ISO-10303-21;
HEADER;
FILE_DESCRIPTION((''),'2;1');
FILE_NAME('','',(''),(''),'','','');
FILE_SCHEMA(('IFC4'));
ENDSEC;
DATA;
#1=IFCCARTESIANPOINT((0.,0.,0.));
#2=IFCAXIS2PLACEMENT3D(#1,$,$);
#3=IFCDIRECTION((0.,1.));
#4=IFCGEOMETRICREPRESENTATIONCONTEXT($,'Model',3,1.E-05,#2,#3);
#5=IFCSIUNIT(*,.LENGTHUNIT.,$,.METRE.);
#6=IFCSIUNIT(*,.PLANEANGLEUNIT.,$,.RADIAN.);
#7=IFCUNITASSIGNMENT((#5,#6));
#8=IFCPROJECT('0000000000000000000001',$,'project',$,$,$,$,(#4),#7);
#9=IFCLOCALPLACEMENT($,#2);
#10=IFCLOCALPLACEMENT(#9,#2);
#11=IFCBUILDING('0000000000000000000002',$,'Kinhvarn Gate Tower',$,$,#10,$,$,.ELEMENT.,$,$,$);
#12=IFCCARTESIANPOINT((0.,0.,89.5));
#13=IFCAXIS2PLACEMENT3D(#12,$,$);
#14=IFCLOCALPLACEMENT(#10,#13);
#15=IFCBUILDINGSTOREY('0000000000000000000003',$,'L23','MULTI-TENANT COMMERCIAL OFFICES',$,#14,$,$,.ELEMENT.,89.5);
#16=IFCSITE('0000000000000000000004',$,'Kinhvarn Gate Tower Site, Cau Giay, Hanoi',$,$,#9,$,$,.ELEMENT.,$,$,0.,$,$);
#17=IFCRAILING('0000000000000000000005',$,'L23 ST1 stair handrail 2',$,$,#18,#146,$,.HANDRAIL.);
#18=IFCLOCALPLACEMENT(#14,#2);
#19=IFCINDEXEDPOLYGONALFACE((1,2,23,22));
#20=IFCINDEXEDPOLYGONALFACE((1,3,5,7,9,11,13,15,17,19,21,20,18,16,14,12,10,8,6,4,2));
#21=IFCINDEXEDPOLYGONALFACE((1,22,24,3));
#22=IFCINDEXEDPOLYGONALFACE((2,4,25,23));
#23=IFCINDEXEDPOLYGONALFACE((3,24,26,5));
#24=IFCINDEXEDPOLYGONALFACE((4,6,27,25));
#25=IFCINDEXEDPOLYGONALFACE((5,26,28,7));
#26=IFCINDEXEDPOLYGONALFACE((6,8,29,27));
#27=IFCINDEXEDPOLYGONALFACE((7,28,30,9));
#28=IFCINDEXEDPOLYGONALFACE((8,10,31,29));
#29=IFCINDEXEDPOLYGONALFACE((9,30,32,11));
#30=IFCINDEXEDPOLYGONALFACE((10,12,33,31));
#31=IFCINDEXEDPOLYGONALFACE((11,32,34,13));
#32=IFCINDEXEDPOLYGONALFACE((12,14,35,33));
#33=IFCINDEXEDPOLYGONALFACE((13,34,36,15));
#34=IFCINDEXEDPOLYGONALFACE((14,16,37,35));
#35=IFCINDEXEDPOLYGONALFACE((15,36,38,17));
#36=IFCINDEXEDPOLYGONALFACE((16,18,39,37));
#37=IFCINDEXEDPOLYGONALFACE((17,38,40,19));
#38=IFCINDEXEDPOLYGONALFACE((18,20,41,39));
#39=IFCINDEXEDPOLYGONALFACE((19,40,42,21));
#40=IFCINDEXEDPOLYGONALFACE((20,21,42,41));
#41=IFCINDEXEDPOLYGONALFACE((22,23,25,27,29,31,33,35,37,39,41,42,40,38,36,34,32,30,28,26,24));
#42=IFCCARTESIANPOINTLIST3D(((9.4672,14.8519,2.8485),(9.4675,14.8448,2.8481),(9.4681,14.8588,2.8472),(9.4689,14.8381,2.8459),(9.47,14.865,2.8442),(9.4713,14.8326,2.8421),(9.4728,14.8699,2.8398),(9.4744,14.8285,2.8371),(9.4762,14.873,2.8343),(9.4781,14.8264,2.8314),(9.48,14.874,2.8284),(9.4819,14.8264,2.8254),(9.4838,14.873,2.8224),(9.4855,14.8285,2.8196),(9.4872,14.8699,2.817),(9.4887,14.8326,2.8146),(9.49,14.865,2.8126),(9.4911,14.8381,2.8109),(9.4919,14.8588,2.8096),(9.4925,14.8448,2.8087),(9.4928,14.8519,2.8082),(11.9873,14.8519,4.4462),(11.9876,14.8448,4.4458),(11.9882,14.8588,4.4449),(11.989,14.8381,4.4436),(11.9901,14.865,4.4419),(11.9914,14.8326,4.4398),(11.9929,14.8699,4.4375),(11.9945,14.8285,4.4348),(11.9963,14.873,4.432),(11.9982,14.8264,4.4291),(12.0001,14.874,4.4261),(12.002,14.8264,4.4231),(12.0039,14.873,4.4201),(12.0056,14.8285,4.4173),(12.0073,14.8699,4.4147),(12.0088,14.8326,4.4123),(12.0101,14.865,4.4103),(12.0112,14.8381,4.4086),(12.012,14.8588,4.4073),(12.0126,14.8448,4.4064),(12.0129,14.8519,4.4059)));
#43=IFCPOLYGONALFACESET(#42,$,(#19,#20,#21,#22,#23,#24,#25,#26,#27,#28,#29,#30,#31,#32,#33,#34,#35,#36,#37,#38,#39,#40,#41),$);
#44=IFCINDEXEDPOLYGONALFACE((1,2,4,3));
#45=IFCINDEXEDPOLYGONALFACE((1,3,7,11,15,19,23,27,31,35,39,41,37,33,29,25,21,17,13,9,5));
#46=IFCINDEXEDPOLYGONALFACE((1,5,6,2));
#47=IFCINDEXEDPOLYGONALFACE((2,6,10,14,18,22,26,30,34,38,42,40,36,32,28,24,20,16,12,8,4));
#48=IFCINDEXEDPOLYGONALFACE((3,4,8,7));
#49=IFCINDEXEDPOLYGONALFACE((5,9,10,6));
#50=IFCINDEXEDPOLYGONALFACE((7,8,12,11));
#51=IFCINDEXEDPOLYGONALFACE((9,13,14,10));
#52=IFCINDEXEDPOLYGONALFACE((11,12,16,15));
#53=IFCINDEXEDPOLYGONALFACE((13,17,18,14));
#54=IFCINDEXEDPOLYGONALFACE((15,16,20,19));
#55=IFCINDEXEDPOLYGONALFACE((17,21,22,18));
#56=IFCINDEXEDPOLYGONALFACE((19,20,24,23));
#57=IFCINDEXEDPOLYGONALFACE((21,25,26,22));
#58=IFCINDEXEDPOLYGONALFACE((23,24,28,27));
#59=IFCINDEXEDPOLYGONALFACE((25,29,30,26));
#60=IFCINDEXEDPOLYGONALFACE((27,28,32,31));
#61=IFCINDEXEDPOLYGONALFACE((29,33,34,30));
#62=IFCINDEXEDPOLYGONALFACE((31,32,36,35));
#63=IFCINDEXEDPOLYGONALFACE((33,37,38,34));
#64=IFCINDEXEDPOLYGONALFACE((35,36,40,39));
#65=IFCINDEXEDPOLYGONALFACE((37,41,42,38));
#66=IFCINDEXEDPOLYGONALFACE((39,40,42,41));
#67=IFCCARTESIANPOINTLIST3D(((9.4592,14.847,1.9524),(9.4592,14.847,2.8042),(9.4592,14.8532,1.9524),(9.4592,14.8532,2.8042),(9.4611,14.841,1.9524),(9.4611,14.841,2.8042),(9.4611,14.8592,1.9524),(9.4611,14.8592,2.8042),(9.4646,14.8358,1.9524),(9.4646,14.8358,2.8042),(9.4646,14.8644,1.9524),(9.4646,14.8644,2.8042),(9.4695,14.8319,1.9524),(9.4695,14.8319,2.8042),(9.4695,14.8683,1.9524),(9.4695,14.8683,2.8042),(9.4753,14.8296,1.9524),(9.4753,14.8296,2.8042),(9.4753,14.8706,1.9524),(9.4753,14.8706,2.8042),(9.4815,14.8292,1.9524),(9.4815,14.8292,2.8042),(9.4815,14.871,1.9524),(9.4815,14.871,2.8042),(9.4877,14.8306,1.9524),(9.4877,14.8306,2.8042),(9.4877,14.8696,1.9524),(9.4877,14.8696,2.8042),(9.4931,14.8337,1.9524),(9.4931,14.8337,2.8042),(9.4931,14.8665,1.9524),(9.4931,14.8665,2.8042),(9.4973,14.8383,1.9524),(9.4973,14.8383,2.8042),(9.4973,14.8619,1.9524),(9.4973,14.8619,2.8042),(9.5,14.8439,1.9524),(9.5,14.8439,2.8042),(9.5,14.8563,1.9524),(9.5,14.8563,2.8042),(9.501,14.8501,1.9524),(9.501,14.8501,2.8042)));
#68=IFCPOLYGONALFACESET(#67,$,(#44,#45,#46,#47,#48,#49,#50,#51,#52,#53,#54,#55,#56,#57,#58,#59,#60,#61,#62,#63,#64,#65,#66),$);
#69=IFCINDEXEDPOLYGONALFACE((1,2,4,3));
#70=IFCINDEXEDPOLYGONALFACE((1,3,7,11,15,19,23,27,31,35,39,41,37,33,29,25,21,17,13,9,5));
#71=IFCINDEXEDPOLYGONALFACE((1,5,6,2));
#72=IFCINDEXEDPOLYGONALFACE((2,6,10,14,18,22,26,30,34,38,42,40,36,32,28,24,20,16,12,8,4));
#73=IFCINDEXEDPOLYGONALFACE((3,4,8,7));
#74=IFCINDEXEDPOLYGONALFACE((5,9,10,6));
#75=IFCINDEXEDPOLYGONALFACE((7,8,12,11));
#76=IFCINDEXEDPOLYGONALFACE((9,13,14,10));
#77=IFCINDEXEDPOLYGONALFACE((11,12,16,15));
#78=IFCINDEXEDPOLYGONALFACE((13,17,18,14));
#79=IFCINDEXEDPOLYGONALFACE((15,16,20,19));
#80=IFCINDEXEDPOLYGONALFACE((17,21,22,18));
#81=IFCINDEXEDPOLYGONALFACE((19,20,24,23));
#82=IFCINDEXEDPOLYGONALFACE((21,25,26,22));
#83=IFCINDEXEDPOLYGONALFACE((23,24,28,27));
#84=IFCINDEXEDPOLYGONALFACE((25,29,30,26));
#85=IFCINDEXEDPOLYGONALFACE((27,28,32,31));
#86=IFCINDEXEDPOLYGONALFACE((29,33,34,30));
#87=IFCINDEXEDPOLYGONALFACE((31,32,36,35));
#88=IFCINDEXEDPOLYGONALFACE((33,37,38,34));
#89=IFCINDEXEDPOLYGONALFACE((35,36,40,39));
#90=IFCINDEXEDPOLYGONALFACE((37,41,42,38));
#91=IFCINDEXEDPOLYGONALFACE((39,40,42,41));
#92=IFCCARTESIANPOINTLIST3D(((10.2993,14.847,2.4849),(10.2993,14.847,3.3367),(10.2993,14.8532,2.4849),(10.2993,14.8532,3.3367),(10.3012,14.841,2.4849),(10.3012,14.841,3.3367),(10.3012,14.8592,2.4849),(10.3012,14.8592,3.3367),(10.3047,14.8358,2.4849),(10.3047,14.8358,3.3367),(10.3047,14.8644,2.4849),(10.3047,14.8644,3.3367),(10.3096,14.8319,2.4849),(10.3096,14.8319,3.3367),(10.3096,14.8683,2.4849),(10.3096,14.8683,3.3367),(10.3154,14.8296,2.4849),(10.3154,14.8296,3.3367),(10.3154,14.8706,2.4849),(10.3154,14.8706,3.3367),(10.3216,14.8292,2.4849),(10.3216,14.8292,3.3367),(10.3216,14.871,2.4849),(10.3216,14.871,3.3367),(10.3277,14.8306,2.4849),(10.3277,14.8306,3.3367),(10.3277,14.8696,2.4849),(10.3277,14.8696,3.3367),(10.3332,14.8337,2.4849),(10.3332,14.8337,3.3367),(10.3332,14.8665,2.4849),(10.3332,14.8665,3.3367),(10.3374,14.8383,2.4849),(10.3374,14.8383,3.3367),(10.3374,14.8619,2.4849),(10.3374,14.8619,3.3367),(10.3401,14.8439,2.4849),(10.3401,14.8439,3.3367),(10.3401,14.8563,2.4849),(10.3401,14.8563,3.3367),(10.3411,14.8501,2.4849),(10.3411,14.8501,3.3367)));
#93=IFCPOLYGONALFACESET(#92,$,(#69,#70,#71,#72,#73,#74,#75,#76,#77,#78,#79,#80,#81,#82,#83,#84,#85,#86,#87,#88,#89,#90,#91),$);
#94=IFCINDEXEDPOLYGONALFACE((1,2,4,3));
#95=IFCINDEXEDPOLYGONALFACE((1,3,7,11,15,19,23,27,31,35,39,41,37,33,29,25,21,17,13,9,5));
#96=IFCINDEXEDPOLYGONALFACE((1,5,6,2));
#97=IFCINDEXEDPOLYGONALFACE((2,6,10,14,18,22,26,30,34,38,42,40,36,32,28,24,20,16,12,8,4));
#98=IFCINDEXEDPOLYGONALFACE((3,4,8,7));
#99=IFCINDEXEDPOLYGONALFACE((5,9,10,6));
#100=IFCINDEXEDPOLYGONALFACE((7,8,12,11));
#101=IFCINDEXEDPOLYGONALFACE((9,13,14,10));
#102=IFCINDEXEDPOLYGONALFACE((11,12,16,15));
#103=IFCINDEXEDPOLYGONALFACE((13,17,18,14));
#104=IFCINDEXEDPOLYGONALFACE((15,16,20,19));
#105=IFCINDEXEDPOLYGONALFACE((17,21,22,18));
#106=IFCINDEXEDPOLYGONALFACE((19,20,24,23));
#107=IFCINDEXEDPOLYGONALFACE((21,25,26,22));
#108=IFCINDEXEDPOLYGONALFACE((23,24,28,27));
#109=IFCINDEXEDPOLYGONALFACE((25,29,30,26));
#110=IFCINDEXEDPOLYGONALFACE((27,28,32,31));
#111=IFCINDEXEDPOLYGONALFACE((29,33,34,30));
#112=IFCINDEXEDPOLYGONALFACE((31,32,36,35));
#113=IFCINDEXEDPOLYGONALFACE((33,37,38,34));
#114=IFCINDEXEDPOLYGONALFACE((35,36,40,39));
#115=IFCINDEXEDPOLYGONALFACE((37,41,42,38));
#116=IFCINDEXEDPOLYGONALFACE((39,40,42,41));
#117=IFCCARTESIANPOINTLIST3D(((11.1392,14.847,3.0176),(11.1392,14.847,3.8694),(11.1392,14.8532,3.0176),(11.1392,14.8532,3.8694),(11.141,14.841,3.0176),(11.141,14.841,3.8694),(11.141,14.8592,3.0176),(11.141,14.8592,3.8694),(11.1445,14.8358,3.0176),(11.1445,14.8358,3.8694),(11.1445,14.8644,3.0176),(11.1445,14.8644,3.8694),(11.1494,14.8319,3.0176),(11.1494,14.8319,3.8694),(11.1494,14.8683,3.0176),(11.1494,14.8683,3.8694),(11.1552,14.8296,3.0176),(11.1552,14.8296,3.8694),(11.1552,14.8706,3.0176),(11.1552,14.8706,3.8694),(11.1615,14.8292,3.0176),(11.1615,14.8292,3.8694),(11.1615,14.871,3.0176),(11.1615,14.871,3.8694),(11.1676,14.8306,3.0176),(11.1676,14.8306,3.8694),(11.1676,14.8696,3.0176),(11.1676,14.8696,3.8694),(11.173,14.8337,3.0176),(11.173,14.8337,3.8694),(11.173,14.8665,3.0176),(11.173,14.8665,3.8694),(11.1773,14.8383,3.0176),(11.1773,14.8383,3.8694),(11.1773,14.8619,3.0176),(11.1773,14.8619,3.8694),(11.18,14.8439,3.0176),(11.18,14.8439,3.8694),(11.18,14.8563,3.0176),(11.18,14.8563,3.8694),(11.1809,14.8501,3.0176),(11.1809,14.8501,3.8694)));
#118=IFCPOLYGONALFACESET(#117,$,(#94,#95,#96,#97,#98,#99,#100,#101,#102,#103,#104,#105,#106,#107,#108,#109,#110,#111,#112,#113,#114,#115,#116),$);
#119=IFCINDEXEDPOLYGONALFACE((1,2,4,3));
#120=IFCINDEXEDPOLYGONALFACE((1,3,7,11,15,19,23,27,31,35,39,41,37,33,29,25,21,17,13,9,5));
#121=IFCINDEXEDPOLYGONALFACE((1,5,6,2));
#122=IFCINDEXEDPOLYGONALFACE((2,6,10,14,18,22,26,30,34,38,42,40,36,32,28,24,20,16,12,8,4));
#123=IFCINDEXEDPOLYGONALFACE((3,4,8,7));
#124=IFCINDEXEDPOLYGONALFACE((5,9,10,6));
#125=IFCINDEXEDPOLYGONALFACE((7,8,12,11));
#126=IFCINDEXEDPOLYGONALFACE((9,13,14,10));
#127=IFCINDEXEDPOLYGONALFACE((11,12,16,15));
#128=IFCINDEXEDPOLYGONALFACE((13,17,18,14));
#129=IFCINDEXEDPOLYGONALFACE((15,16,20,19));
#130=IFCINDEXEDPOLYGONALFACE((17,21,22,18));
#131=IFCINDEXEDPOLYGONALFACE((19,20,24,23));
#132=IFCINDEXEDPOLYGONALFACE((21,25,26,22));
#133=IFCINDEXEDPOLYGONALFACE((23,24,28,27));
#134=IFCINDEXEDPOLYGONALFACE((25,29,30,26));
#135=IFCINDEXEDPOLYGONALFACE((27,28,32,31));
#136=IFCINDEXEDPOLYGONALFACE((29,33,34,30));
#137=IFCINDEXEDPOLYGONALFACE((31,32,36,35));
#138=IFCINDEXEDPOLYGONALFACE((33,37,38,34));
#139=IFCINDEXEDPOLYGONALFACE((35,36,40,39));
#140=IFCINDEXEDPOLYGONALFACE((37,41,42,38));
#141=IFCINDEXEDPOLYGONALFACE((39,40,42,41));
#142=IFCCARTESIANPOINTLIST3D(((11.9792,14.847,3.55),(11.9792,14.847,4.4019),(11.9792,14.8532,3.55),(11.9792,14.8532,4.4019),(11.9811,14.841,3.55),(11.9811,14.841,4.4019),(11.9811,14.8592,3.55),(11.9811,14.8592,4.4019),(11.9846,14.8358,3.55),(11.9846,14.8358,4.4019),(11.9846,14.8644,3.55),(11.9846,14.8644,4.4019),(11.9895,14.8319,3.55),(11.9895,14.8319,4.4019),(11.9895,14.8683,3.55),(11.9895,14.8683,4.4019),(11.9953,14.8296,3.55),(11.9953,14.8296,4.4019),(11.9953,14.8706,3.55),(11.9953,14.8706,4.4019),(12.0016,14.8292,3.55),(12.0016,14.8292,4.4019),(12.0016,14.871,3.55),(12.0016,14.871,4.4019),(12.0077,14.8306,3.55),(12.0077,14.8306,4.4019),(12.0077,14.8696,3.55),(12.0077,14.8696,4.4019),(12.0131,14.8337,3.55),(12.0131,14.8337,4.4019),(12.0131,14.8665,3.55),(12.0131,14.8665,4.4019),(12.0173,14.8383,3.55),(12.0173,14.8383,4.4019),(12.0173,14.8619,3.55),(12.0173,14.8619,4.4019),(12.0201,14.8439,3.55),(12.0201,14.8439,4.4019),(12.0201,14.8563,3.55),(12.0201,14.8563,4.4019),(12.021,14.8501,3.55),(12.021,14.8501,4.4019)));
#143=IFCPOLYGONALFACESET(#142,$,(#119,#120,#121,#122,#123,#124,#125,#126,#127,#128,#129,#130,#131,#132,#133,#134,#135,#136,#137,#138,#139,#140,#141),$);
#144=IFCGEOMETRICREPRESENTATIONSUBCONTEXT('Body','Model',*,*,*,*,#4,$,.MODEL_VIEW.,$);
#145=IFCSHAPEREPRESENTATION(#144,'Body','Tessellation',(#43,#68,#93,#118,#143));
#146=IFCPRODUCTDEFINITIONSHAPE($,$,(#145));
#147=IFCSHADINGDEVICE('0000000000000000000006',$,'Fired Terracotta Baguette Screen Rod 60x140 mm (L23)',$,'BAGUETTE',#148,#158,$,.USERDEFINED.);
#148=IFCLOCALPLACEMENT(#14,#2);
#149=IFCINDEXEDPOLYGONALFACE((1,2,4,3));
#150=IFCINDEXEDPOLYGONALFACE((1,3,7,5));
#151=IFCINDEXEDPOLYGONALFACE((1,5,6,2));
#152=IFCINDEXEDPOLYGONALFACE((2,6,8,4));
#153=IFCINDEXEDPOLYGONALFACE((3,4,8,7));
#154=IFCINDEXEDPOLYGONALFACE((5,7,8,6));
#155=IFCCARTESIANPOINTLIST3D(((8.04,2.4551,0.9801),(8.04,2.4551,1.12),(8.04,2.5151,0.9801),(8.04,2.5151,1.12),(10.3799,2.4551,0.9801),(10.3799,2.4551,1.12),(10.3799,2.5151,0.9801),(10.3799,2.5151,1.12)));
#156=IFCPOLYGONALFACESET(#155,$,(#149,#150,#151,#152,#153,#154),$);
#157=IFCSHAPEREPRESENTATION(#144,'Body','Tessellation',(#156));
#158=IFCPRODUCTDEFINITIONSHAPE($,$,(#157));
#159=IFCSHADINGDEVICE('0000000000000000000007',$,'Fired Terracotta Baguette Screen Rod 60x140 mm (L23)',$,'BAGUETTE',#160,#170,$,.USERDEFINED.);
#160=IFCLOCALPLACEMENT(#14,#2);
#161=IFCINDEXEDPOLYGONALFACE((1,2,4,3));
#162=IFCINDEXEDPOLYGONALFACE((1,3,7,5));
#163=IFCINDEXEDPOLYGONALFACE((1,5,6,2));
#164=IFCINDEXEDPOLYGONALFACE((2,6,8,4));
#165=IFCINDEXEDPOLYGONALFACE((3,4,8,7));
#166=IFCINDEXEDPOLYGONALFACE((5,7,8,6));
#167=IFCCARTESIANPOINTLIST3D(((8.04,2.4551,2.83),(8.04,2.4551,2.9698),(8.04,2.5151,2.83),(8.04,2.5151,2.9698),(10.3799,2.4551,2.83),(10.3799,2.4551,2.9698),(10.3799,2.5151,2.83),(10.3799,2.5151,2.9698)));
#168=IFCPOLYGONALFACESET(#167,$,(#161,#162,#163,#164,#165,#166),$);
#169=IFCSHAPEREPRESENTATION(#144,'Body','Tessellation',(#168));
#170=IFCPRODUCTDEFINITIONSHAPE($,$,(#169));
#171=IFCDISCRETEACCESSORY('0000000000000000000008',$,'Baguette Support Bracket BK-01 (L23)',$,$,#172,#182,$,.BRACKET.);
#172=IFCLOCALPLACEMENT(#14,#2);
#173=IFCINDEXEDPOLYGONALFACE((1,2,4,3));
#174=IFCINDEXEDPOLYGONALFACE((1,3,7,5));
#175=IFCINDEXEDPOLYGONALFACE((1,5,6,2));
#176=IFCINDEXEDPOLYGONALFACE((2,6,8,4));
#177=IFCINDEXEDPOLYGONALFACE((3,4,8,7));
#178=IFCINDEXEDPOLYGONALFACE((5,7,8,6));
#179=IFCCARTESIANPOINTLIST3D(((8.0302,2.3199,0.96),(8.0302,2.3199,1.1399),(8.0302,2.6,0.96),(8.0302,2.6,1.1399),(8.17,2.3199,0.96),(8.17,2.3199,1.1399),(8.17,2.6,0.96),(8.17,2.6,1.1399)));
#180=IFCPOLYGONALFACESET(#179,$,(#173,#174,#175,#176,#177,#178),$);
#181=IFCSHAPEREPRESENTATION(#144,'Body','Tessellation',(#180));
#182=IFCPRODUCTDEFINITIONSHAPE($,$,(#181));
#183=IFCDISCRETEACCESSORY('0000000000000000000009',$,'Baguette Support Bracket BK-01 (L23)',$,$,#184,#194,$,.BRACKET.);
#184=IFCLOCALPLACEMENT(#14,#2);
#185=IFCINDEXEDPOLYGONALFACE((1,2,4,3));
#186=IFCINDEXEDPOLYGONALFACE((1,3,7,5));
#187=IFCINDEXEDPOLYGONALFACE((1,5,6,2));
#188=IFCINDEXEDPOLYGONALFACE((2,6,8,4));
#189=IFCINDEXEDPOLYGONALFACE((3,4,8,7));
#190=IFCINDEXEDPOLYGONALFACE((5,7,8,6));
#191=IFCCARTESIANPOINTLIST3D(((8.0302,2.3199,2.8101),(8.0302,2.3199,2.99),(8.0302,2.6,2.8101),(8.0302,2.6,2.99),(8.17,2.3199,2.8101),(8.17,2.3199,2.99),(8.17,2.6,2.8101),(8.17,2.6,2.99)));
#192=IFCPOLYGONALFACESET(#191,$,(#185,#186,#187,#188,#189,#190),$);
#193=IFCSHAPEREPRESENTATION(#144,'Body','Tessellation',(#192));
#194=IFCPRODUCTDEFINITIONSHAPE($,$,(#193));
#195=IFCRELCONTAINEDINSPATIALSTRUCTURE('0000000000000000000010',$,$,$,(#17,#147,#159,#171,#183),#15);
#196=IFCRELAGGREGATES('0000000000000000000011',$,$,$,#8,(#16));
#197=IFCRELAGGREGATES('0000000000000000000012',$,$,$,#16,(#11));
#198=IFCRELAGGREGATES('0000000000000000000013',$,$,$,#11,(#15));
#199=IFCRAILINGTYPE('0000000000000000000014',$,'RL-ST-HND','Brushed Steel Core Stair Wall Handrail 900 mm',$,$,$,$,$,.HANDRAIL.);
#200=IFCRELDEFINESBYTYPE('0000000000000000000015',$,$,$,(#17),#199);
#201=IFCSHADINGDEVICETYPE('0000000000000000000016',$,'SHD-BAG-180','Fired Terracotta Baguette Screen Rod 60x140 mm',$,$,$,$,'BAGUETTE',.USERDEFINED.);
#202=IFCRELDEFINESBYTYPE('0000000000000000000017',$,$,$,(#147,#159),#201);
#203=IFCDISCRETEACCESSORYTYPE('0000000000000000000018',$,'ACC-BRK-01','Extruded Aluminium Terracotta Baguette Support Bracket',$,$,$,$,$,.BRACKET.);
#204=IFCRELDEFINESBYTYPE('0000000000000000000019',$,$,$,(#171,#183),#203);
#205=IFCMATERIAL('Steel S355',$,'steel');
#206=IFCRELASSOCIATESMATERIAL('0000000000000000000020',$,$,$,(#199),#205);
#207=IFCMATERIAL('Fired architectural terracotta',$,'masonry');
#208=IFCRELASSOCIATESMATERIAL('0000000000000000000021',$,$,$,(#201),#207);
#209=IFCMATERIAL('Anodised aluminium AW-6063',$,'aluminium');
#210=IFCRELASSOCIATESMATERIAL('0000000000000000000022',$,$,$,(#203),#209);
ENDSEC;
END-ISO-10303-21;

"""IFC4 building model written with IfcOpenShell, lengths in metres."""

from ifc_helpers import new_model, si_unit, direction, frame, origin, origin_2d, place, context, subcontext, project, spatial, rectangle, circle, extrude, material, material_profile, profile_set, type_object, element, save


model = new_model("IFC4")

# Units and contexts
model_context = context("Model", 3, precision=1e-05, world=origin(), true_north=direction((0.0, 1.0)))
body_context = subcontext(model_context, "Body", "Model", "MODEL_VIEW")
ifc_project = project(units=[si_unit("LENGTHUNIT", "METRE"), si_unit("PLANEANGLEUNIT", "RADIAN")], contexts=[model_context])

# Site, building, storey
site_placement = place(None, origin())
site = spatial("IfcSite", under=ifc_project, at=site_placement, Name="Kinhvarn Gate Tower Site, Cau Giay, Hanoi", CompositionType="ELEMENT", RefElevation=0.0)
building_placement = place(site_placement, origin())
building = spatial("IfcBuilding", under=site, at=building_placement, Name="Kinhvarn Gate Tower", CompositionType="ELEMENT")
storey_placement = place(building_placement, frame((0.0, 0.0, 89.5)))
storey = spatial("IfcBuildingStorey", under=building, at=storey_placement, Name="L23", Description="MULTI-TENANT COMMERCIAL OFFICES", CompositionType="ELEMENT", Elevation=89.5)

# Shared definitions
ifc_material_1 = material(Name="Anodised aluminium AW-6063", Category="aluminium")

# Shared definitions
ifc_material_2 = material(Name="Steel S355", Category="steel")

# Shared definitions
ifc_material_3 = material(Name="Fired architectural terracotta", Category="masonry")

# Railing
railing_type_1 = type_object("IfcRailingType", Name="RL-ST-HND", Description="Brushed Steel Core Stair Wall Handrail 900 mm", PredefinedType="HANDRAIL", material=ifc_material_2)
railing_1_placement = place(storey_placement, frame((9.48, 14.8501, 1.9524)))
element("IfcRailing", 1, at=railing_1_placement, inside=storey, type_object=railing_type_1, Name="L23 ST1 stair handrail 2", PredefinedType="HANDRAIL", context=body_context, shape_type="SweptSolid", body=[
    extrude(circle(Radius=0.0239, at=origin_2d()), frame((0.0, 0.0, 0.876), z_axis=(0.84457, 0.0, 0.535445), x_axis=(0.0, 1.0, 0.0)), (0.0, 0.0, 1.0), 2.9839),
    extrude(circle(Radius=0.021, at=origin_2d()), origin(), (0.0, 0.0, 1.0), 0.8518),
    extrude(circle(Radius=0.021, at=origin_2d()), frame((0.8401, 0.0, 0.5325)), (0.0, 0.0, 1.0), 0.8518),
    extrude(circle(Radius=0.021, at=origin_2d()), frame((1.6799, 0.0, 1.0652)), (0.0, 0.0, 1.0), 0.8518),
    extrude(circle(Radius=0.021, at=origin_2d()), frame((2.52, 0.0, 1.5977)), (0.0, 0.0, 1.0), 0.8518),
])

# Shading devices
ifc_material_profile_1 = material_profile(ifc_material_3, rectangle(XDim=0.0601, YDim=0.1399, at=origin_2d()), Name="TC 60x140")
ifc_profile_set_1 = profile_set([ifc_material_profile_1], Name="Fired architectural terracotta")
shading_device_type = type_object("IfcShadingDeviceType", Name="SHD-BAG-180", Description="Fired Terracotta Baguette Screen Rod 60x140 mm", ElementType="BAGUETTE", PredefinedType="USERDEFINED", material=ifc_profile_set_1)
for number, where, z_axis, x_axis, name in (
    (2, (8.04, 2.4851, 1.05), (1.0, 0.0, 0.0), (0.0, 1.0, 0.0), "Fired Terracotta Baguette Screen Rod 60x140 mm (L23)"),
    (3, (8.04, 2.4851, 2.8999), (1.0, 0.0, 0.0), (0.0, 1.0, 0.0), "Fired Terracotta Baguette Screen Rod 60x140 mm (L23)"),
):
    element("IfcShadingDevice", number, at=place(storey_placement, frame(where, z_axis=z_axis, x_axis=x_axis)), inside=storey, type_object=shading_device_type, Name=name, ObjectType="BAGUETTE", PredefinedType="USERDEFINED", context=body_context, shape_type="SweptSolid", body=[
        extrude(rectangle(XDim=0.0601, YDim=0.1399, at=origin_2d()), origin(), (0.0, 0.0, 1.0), 2.3398),
    ])

# Discrete accessories
discrete_accessory_type = type_object("IfcDiscreteAccessoryType", Name="ACC-BRK-01", Description="Extruded Aluminium Terracotta Baguette Support Bracket", PredefinedType="BRACKET", material=ifc_material_1)
for number, where, z_axis, x_axis, name in (
    (4, (8.1001, 2.46, 0.96), (0.0, 0.0, 1.0), (1.0, 0.0, 0.0), "Baguette Support Bracket BK-01 (L23)"),
    (5, (8.1001, 2.46, 2.8101), (0.0, 0.0, 1.0), (1.0, 0.0, 0.0), "Baguette Support Bracket BK-01 (L23)"),
):
    element("IfcDiscreteAccessory", number, at=place(storey_placement, frame(where, z_axis=z_axis, x_axis=x_axis)), inside=storey, type_object=discrete_accessory_type, Name=name, PredefinedType="BRACKET", context=body_context, shape_type="SweptSolid", body=[
        extrude(rectangle(XDim=0.1399, YDim=0.28, at=origin_2d()), origin(), (0.0, 0.0, 1.0), 0.1799),
    ])

save(model, "model.ifc")
